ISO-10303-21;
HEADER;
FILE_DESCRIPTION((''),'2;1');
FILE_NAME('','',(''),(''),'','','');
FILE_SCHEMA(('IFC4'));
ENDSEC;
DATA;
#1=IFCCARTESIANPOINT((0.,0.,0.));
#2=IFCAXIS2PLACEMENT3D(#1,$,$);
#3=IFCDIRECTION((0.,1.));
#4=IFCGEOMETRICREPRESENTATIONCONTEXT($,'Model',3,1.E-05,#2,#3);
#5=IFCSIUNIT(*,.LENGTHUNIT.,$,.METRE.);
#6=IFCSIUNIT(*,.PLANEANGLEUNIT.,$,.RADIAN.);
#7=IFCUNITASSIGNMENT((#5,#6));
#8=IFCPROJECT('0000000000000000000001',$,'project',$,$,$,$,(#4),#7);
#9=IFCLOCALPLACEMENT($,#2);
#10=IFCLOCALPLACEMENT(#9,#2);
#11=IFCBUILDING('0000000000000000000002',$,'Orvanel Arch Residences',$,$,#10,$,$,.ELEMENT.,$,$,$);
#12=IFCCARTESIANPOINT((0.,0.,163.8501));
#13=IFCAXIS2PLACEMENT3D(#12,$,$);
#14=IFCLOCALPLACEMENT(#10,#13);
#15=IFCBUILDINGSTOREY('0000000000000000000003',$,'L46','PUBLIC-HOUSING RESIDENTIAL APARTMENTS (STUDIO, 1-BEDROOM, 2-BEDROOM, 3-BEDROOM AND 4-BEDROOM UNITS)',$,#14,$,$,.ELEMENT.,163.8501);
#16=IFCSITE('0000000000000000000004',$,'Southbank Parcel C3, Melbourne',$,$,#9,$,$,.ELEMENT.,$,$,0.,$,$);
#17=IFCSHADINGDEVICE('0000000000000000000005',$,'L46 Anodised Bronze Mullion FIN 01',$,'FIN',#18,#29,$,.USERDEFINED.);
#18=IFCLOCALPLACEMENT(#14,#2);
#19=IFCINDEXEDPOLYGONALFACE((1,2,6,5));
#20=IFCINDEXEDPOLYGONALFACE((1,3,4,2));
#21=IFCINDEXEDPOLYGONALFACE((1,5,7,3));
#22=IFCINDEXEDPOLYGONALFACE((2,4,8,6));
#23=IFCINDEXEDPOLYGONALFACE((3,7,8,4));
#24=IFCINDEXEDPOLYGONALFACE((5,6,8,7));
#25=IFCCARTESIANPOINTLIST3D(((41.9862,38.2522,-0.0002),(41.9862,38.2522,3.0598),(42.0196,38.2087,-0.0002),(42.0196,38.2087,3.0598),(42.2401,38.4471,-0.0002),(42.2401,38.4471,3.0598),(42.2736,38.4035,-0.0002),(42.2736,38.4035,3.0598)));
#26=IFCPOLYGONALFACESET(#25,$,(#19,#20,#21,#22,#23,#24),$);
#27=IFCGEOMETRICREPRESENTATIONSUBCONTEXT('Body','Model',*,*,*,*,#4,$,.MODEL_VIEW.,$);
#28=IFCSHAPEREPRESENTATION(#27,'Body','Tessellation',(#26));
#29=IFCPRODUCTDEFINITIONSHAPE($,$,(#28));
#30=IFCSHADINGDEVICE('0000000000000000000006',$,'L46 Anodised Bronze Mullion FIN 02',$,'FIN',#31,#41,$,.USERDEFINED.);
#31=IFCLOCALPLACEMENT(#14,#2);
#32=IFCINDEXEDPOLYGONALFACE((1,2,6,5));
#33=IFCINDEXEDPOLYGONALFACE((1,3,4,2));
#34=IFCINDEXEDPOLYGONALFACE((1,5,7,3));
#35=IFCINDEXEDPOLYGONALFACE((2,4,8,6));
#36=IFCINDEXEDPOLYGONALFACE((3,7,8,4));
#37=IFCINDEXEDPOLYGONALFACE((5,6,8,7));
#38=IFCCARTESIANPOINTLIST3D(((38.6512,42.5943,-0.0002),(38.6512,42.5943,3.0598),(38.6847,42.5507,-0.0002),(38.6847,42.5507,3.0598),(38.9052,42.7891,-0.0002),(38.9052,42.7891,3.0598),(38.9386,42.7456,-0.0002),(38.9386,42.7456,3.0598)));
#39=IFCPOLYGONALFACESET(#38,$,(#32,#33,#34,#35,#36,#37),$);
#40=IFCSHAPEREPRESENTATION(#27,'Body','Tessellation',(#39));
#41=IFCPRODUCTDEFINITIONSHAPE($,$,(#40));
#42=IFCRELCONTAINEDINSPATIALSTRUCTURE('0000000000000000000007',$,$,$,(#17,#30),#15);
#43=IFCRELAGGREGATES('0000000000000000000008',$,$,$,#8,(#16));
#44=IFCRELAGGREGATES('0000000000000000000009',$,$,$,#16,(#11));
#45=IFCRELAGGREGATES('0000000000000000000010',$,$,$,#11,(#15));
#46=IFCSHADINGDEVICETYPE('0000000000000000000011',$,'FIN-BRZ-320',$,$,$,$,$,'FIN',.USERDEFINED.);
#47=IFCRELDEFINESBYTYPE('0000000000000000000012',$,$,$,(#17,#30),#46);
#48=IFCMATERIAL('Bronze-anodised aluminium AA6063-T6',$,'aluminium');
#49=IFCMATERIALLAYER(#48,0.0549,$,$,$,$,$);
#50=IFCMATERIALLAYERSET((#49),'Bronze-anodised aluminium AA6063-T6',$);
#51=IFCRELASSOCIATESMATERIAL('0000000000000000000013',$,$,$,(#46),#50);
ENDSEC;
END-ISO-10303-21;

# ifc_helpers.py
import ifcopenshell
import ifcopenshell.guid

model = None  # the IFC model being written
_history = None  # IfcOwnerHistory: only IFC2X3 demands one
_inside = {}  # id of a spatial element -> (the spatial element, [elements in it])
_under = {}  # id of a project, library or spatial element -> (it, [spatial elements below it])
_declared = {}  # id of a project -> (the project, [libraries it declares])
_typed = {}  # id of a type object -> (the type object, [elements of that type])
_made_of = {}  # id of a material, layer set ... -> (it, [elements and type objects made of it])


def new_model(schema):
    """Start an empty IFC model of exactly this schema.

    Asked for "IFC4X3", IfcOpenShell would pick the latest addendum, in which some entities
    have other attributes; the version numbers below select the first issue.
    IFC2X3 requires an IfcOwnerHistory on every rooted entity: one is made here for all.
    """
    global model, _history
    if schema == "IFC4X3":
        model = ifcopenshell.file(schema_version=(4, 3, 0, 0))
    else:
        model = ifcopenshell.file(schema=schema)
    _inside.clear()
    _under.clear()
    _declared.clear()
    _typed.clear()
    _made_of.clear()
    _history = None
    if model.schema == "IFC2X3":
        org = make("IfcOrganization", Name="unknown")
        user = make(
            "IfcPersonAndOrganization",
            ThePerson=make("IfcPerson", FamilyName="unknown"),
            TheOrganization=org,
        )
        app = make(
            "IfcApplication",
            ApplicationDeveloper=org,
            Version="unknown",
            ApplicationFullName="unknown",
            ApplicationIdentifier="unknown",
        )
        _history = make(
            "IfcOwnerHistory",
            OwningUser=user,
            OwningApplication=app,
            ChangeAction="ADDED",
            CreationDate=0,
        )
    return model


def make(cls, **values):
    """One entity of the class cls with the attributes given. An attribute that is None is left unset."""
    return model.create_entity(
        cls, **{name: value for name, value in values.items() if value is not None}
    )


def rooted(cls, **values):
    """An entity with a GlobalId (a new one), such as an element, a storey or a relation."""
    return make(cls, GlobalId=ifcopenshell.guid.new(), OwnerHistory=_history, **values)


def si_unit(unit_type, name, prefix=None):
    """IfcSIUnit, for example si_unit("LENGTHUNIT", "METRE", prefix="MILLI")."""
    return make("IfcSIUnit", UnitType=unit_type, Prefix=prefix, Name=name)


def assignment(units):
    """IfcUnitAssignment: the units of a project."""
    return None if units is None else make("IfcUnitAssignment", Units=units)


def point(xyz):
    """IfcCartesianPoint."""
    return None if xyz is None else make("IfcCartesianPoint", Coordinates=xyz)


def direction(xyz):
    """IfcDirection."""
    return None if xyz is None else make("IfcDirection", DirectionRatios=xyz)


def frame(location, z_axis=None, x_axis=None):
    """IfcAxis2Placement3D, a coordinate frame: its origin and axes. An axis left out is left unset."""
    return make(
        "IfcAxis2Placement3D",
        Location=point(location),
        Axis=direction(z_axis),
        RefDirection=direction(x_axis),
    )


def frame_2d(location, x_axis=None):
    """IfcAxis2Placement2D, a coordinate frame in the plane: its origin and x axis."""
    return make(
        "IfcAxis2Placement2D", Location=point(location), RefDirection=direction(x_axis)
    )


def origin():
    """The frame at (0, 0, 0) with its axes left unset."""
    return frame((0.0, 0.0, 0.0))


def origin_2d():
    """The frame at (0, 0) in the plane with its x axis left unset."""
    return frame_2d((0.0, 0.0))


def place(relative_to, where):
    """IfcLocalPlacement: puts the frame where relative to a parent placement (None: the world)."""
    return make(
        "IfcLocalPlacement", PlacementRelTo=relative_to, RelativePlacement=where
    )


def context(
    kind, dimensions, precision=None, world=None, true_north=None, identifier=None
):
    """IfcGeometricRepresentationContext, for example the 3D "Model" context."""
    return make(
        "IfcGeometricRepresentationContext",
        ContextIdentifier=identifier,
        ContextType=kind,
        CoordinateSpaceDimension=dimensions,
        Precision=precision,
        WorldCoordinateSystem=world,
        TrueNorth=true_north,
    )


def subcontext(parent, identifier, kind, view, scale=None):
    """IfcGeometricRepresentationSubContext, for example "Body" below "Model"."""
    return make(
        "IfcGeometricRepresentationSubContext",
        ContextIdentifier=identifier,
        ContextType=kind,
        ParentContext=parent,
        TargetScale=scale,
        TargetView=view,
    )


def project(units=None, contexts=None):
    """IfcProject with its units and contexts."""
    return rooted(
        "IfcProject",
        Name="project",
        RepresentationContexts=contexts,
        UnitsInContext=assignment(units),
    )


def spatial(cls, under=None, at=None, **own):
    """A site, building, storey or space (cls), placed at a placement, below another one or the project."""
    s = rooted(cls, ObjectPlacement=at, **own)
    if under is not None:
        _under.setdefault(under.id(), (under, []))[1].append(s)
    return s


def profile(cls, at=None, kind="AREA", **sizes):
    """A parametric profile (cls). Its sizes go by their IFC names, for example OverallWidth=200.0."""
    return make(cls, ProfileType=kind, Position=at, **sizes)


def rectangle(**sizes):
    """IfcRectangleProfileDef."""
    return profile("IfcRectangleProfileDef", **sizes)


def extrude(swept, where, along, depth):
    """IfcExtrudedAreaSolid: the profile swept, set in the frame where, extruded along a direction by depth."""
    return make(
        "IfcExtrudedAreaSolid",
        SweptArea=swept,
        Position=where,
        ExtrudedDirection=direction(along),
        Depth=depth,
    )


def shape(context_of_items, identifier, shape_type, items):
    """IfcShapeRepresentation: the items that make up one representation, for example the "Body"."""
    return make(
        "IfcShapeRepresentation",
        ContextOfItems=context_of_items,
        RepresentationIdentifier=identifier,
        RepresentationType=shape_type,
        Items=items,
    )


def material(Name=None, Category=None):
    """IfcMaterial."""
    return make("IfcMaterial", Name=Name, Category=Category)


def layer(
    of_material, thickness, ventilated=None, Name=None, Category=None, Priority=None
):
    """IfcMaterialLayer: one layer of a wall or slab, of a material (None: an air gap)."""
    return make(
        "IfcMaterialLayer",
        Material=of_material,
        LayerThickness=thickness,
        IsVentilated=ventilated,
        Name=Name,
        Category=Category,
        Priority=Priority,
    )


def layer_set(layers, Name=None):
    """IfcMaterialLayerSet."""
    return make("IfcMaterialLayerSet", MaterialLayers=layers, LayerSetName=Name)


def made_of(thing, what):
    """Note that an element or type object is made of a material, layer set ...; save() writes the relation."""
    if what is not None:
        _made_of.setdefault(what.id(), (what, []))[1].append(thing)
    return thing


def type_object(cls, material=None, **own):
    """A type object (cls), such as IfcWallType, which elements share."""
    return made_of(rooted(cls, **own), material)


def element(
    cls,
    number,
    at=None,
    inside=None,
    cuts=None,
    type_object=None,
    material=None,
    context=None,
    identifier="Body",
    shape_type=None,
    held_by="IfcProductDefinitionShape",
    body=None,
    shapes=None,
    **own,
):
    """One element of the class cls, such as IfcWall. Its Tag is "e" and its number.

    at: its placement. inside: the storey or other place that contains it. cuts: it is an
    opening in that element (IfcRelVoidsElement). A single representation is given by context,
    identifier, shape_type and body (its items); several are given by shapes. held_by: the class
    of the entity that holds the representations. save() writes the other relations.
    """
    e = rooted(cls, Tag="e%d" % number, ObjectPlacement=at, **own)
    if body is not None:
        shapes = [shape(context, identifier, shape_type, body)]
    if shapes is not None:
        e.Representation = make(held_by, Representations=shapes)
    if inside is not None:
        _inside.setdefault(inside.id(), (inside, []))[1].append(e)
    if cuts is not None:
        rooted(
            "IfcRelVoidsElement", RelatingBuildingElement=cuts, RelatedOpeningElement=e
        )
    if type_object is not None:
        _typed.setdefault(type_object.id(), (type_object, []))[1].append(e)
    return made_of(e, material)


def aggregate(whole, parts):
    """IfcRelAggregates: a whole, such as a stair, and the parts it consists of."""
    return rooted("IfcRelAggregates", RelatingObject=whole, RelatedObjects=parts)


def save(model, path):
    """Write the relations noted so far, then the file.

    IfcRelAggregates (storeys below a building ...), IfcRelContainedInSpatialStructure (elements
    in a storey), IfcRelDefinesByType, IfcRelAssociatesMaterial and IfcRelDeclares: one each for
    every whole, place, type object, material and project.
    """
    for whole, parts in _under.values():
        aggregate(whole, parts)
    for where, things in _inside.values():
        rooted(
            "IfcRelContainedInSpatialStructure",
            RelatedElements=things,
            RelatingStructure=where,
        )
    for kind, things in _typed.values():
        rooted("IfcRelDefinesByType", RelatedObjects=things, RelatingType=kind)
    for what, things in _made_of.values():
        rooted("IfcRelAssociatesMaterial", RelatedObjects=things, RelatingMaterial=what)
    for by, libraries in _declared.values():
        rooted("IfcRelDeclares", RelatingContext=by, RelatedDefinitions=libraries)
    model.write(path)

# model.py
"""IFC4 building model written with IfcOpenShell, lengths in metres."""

from ifc_helpers import new_model, si_unit, direction, frame, origin, origin_2d, place, context, subcontext, project, spatial, rectangle, extrude, material, layer, layer_set, type_object, element, save


model = new_model("IFC4")

# Units and contexts
model_context = context("Model", 3, precision=1e-05, world=origin(), true_north=direction((0.0, 1.0)))
body_context = subcontext(model_context, "Body", "Model", "MODEL_VIEW")
ifc_project = project(units=[si_unit("LENGTHUNIT", "METRE"), si_unit("PLANEANGLEUNIT", "RADIAN")], contexts=[model_context])

# Site, building, storey
site_placement = place(None, origin())
site = spatial("IfcSite", under=ifc_project, at=site_placement, Name="Southbank Parcel C3, Melbourne", CompositionType="ELEMENT", RefElevation=0.0)
building_placement = place(site_placement, origin())
building = spatial("IfcBuilding", under=site, at=building_placement, Name="Orvanel Arch Residences", CompositionType="ELEMENT")
storey_placement = place(building_placement, frame((0.0, 0.0, 163.8501)))
storey = spatial("IfcBuildingStorey", under=building, at=storey_placement, Name="L46", Description="PUBLIC-HOUSING RESIDENTIAL APARTMENTS (STUDIO, 1-BEDROOM, 2-BEDROOM, 3-BEDROOM AND 4-BEDROOM UNITS)", CompositionType="ELEMENT", Elevation=163.8501)

# Shared definitions
ifc_material_1 = material(Name="Bronze-anodised aluminium AA6063-T6", Category="aluminium")

# Shading devices
ifc_layer_1 = layer(ifc_material_1, 0.0549)
ifc_layer_set_1 = layer_set([ifc_layer_1], Name="Bronze-anodised aluminium AA6063-T6")
shading_device_type = type_object("IfcShadingDeviceType", Name="FIN-BRZ-320", ElementType="FIN", PredefinedType="USERDEFINED", material=ifc_layer_set_1)
for number, where, z_axis, x_axis, name in (
    (1, (42.1299, 38.3279, -0.0002), (0.0, 0.0, 1.0), (0.793353, 0.608761, 0.0), "L46 Anodised Bronze Mullion FIN 01"),
    (2, (38.7949, 42.6699, -0.0002), (0.0, 0.0, 1.0), (0.793353, 0.608761, 0.0), "L46 Anodised Bronze Mullion FIN 02"),
):
    element("IfcShadingDevice", number, at=place(storey_placement, frame(where, z_axis=z_axis, x_axis=x_axis)), inside=storey, type_object=shading_device_type, Name=name, ObjectType="FIN", PredefinedType="USERDEFINED", context=body_context, shape_type="SweptSolid", body=[
        extrude(rectangle(XDim=0.3201, YDim=0.0549, at=origin_2d()), origin(), (0.0, 0.0, 1.0), 3.0601),
    ])

save(model, "model.ifc")
